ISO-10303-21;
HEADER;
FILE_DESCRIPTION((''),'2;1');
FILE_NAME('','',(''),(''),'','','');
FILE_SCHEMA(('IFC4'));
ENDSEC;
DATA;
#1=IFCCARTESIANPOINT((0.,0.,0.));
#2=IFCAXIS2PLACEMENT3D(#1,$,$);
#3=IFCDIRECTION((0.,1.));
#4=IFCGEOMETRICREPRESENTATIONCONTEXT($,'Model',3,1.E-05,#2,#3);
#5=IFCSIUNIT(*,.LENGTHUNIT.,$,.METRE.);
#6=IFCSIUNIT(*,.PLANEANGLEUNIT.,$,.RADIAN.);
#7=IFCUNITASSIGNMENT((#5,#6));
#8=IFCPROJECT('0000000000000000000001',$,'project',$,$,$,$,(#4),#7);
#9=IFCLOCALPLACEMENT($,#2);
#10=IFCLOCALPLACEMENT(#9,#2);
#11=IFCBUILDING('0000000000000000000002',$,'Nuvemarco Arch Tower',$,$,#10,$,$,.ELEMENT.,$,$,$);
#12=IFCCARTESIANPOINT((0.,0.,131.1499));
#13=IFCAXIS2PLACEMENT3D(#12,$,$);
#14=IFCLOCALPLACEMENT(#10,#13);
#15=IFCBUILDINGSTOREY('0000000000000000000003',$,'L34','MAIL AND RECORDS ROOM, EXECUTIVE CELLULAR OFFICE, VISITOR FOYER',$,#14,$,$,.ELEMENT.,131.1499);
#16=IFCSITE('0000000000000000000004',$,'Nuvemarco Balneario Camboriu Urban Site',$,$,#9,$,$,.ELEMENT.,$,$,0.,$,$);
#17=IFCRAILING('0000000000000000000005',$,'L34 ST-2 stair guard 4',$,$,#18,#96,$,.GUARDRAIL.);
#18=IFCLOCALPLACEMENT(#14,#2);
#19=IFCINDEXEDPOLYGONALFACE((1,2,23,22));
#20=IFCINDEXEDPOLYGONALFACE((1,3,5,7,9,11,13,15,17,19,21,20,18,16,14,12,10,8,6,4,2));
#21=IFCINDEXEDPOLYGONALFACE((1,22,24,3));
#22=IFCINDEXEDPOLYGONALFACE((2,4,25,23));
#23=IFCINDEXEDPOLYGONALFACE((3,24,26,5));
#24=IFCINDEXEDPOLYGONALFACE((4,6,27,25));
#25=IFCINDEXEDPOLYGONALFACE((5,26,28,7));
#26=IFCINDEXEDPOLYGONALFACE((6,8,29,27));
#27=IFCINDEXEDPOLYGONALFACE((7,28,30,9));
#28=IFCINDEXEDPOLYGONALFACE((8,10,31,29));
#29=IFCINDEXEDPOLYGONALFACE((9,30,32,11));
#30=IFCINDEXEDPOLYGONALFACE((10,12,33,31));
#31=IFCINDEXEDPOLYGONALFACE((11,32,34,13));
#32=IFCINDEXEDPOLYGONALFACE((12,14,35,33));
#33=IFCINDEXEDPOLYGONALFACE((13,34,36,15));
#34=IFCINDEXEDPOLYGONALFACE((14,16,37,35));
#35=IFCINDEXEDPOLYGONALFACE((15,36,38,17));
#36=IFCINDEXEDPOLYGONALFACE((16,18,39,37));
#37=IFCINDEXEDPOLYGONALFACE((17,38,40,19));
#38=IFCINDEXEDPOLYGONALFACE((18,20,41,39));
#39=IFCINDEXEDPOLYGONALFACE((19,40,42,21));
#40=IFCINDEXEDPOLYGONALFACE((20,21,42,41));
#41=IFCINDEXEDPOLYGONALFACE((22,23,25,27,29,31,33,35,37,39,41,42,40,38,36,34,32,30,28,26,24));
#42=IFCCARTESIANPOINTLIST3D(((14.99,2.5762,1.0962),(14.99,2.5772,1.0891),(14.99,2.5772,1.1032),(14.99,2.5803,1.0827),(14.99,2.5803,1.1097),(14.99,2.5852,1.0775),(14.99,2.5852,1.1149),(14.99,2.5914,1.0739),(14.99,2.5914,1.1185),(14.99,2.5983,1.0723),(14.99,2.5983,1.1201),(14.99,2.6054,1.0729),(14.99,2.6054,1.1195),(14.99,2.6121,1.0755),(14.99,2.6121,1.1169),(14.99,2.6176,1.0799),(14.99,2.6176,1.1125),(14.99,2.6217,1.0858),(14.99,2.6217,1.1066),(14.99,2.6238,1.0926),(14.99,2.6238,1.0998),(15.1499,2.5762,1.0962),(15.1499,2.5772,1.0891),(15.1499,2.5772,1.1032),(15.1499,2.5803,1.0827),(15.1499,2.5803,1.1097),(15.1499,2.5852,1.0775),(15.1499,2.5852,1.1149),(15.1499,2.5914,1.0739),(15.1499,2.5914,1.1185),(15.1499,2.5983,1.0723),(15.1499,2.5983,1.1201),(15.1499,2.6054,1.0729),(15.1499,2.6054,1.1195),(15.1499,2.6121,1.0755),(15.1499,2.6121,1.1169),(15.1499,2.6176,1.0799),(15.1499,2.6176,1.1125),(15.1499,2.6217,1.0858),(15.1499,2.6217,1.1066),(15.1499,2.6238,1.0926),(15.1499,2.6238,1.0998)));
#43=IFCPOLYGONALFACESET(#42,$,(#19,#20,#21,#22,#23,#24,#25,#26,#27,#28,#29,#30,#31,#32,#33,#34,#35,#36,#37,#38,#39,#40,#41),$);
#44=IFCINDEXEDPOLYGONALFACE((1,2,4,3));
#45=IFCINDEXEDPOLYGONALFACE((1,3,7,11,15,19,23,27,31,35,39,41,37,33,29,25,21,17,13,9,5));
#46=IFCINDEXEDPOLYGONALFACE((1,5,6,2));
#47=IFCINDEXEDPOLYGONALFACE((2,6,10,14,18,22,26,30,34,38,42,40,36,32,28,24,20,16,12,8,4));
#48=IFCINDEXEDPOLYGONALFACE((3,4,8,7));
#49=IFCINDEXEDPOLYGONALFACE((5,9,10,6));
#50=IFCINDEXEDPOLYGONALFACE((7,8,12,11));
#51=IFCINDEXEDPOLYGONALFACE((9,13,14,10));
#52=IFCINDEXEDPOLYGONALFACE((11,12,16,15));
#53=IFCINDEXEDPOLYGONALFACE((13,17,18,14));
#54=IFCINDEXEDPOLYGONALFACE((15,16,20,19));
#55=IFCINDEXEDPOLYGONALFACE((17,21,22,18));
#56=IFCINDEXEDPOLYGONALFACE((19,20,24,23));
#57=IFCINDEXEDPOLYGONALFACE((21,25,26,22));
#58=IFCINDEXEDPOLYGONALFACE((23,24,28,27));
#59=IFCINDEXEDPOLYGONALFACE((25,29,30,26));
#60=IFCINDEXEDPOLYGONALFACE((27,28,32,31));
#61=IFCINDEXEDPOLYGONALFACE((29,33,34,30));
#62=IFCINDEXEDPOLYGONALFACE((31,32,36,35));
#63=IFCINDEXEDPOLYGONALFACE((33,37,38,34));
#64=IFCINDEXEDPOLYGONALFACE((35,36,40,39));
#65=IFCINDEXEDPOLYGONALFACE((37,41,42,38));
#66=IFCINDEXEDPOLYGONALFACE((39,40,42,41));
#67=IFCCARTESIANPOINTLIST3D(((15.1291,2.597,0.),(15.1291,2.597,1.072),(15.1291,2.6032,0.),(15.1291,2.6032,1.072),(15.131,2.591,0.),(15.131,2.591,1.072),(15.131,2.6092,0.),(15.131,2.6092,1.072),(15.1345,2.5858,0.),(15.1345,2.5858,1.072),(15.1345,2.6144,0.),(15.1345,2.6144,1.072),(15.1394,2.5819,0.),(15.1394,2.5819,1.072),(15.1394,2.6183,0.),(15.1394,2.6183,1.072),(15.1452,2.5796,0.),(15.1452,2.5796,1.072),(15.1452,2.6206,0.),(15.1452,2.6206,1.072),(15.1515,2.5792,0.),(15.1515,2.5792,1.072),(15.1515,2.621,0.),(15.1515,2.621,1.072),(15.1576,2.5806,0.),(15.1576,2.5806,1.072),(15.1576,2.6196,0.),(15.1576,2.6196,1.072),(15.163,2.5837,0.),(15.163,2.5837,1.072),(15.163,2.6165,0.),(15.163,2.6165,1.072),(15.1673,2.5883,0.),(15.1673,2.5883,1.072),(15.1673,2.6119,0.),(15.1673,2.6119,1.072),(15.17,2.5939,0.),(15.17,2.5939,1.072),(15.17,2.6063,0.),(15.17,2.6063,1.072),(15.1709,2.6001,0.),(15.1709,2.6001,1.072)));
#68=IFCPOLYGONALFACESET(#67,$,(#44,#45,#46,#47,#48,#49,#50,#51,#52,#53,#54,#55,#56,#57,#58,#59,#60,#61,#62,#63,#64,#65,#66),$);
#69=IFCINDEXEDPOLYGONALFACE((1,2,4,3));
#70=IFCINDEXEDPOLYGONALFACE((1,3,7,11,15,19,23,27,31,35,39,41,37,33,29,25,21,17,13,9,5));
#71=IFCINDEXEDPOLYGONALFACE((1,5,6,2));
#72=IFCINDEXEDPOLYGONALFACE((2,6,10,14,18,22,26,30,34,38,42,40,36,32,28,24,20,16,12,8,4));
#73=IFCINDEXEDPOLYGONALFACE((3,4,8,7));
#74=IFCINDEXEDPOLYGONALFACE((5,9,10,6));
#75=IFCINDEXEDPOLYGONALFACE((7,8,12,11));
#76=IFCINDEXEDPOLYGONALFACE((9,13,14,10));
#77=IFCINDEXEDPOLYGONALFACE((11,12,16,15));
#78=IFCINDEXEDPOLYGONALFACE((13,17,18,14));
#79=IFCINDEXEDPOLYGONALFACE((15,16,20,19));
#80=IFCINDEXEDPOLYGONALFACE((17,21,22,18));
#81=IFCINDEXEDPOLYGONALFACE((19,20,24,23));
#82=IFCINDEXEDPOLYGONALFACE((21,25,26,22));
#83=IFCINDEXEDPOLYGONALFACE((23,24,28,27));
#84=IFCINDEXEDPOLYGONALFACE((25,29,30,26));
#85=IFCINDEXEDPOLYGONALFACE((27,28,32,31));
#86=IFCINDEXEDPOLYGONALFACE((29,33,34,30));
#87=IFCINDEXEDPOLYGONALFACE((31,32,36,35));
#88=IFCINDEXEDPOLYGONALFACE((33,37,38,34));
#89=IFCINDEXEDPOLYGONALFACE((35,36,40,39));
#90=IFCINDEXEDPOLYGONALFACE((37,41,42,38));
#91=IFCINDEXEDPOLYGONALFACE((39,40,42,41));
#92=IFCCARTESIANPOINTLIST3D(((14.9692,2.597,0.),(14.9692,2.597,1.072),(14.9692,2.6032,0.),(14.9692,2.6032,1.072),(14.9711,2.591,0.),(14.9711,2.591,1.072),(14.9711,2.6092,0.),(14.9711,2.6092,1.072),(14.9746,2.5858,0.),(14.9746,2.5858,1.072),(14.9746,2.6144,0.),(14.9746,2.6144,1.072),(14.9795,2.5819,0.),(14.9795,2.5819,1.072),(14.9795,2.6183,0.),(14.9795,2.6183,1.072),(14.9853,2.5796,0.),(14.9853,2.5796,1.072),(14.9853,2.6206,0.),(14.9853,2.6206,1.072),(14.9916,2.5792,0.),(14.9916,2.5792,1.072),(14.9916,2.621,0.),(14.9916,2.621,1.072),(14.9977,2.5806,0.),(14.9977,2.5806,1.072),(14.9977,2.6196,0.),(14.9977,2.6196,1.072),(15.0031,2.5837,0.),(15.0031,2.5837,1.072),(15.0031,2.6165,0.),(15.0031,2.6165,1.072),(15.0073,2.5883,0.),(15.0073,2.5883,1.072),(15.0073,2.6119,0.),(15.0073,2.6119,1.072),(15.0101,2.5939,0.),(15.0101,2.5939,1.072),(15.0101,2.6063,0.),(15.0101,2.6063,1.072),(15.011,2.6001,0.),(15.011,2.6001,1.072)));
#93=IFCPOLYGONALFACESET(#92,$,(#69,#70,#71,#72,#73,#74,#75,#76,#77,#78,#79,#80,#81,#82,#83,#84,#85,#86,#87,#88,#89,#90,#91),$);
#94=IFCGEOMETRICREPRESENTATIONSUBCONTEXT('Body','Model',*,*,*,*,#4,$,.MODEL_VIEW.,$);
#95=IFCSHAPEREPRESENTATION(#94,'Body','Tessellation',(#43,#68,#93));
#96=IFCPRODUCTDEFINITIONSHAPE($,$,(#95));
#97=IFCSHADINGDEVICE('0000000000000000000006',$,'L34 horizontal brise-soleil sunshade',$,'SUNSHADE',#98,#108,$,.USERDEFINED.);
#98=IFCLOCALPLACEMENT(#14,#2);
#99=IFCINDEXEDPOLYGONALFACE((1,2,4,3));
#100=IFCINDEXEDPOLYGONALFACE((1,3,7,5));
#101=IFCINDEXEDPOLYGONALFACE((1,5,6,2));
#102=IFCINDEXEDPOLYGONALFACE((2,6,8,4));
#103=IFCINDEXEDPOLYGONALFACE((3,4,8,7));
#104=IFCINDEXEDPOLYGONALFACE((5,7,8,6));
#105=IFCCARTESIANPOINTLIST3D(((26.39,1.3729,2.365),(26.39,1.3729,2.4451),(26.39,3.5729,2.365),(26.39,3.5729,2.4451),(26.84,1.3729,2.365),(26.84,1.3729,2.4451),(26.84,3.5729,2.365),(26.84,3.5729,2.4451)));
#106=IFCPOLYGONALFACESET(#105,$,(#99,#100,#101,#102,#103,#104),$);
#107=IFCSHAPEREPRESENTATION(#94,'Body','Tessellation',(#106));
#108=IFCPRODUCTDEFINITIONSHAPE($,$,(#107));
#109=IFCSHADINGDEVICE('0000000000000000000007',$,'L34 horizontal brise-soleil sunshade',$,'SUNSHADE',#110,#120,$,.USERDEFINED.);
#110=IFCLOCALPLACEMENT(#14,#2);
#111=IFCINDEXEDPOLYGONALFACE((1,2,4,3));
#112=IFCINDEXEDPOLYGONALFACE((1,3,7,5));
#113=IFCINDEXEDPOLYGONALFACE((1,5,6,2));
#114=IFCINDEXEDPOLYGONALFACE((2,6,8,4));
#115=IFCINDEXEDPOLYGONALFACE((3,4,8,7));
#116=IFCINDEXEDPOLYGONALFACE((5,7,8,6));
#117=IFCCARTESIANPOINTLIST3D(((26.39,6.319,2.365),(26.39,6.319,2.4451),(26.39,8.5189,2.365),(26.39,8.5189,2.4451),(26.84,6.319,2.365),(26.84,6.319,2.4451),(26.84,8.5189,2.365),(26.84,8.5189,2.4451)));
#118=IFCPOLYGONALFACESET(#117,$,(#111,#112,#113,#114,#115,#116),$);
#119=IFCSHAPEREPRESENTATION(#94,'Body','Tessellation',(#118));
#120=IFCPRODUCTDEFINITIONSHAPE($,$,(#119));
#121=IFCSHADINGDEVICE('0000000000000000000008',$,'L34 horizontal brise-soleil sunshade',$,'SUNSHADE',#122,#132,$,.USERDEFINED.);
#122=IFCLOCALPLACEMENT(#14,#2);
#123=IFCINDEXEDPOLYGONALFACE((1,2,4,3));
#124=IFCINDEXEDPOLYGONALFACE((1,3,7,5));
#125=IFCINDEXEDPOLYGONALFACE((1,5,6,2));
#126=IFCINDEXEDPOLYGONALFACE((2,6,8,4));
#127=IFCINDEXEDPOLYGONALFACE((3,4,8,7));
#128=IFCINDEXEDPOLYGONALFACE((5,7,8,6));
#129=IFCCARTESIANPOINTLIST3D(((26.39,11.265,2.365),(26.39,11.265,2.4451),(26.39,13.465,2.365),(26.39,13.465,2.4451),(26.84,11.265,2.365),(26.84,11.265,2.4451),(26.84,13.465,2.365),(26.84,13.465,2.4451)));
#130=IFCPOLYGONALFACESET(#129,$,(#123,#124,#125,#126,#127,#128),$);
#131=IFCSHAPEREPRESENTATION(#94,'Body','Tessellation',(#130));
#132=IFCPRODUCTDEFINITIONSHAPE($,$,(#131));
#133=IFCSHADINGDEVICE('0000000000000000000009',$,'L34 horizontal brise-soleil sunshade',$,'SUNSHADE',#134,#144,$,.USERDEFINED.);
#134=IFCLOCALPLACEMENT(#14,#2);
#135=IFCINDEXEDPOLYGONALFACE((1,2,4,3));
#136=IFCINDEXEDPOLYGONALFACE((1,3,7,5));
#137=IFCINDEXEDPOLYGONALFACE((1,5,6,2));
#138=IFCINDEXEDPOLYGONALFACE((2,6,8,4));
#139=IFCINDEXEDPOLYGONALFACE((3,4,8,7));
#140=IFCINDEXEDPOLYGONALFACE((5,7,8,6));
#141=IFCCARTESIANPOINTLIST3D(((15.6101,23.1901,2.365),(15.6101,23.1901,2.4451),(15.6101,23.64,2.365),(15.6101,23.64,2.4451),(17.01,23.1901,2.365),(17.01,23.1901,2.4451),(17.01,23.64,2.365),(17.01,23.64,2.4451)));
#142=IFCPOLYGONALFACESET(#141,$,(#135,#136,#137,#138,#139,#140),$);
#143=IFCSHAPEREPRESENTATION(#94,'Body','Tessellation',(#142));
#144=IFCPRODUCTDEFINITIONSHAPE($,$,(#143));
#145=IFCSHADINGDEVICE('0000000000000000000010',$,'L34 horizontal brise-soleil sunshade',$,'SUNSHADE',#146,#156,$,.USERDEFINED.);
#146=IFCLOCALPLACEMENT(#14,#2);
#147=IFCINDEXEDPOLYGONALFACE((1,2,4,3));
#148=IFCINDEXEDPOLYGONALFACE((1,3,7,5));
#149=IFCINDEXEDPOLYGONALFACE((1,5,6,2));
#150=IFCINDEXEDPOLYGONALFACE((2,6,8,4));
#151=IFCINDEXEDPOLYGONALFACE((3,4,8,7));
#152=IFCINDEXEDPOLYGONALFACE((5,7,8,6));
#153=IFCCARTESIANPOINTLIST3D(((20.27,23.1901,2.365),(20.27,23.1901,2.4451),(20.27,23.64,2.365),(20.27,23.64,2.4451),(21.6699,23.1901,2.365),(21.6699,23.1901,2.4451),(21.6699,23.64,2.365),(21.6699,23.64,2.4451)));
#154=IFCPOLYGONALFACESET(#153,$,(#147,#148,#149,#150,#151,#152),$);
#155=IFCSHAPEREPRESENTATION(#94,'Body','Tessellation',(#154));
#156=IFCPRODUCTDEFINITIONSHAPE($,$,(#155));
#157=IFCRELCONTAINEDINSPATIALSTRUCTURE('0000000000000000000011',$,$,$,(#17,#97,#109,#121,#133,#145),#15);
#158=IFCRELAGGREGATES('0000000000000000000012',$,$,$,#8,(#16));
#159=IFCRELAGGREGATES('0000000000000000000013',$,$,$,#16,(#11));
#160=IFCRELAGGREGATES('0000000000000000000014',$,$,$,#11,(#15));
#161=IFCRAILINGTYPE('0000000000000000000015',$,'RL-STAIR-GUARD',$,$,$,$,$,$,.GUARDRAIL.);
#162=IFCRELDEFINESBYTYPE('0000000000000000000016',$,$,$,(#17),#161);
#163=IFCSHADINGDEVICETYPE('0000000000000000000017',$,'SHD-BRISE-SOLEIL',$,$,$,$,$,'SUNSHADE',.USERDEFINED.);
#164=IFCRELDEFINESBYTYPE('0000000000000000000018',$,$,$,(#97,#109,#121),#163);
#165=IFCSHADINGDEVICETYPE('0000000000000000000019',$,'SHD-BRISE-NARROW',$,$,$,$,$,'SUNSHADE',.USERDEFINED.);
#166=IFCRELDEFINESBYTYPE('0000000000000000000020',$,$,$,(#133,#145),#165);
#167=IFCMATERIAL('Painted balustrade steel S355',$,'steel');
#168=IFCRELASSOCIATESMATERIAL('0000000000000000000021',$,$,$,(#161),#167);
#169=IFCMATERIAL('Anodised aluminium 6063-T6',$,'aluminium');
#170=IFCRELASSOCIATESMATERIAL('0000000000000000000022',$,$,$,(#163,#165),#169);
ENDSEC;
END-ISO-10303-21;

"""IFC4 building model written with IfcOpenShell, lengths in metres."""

from ifc_helpers import new_model, si_unit, direction, frame, origin, origin_2d, place, context, subcontext, project, spatial, rectangle, circle, extrude, source, transform, mapped, material, type_object, type_shapes, element, save


model = new_model("IFC4")

# Units and contexts
model_context = context("Model", 3, precision=1e-05, world=origin(), true_north=direction((0.0, 1.0)))
body_context = subcontext(model_context, "Body", "Model", "MODEL_VIEW")
ifc_project = project(units=[si_unit("LENGTHUNIT", "METRE"), si_unit("PLANEANGLEUNIT", "RADIAN")], contexts=[model_context])

# Site, building, storey
site_placement = place(None, origin())
site = spatial("IfcSite", under=ifc_project, at=site_placement, Name="Nuvemarco Balneario Camboriu Urban Site", CompositionType="ELEMENT", RefElevation=0.0)
building_placement = place(site_placement, origin())
building = spatial("IfcBuilding", under=site, at=building_placement, Name="Nuvemarco Arch Tower", CompositionType="ELEMENT")
storey_placement = place(building_placement, frame((0.0, 0.0, 131.1499)))
storey = spatial("IfcBuildingStorey", under=building, at=storey_placement, Name="L34", Description="MAIL AND RECORDS ROOM, EXECUTIVE CELLULAR OFFICE, VISITOR FOYER", CompositionType="ELEMENT", Elevation=131.1499)

# Railing
ifc_material_1 = material(Name="Painted balustrade steel S355", Category="steel")
railing_type_1 = type_object("IfcRailingType", Name="RL-STAIR-GUARD", PredefinedType="GUARDRAIL", material=ifc_material_1)
railing_1_placement = place(storey_placement, frame((15.1499, 2.6001, 0.0)))
element("IfcRailing", 1, at=railing_1_placement, inside=storey, type_object=railing_type_1, Name="L34 ST-2 stair guard 4", PredefinedType="GUARDRAIL", context=body_context, shape_type="SweptSolid", body=[
    extrude(circle(Radius=0.0239, at=origin_2d()), frame((0.0, 0.0, 1.0962), z_axis=(-1.0, 0.0, 0.0), x_axis=(0.0, -1.0, 0.0)), (0.0, 0.0, 1.0), 0.1599),
    extrude(circle(Radius=0.021, at=origin_2d()), origin(), (0.0, 0.0, 1.0), 1.072),
    extrude(circle(Radius=0.021, at=origin_2d()), frame((-0.1599, 0.0, 0.0)), (0.0, 0.0, 1.0), 1.072),
])

# Shading devices
ifc_material_2 = material(Name="Anodised aluminium 6063-T6", Category="aluminium")
shading_device_type_1 = type_object("IfcShadingDeviceType", Name="SHD-BRISE-SOLEIL", ElementType="SUNSHADE", PredefinedType="USERDEFINED", material=ifc_material_2)
shared_shape_1 = source(origin(), body_context, "Body", "SweptSolid", [
    extrude(rectangle(XDim=2.2, YDim=0.45, at=origin_2d()), origin(), (0.0, 0.0, 1.0), 0.0801),
])
type_shapes(shading_device_type_1, [shared_shape_1])
for number, where, z_axis, x_axis, name in (
    (2, (26.615, 2.4729, 2.365), (0.0, 0.0, 1.0), (0.0, 1.0, 0.0), "L34 horizontal brise-soleil sunshade"),
    (3, (26.615, 7.4189, 2.365), (0.0, 0.0, 1.0), (0.0, 1.0, 0.0), "L34 horizontal brise-soleil sunshade"),
    (4, (26.615, 12.365, 2.365), (0.0, 0.0, 1.0), (0.0, 1.0, 0.0), "L34 horizontal brise-soleil sunshade"),
):
    element("IfcShadingDevice", number, at=place(storey_placement, frame(where, z_axis=z_axis, x_axis=x_axis)), inside=storey, type_object=shading_device_type_1, Name=name, ObjectType="SUNSHADE", PredefinedType="USERDEFINED", context=body_context, shape_type="MappedRepresentation", body=[
        mapped(shared_shape_1, transform((0.0, 0.0, 0.0), scale=1.0)),
    ])
shading_device_type_2 = type_object("IfcShadingDeviceType", Name="SHD-BRISE-NARROW", ElementType="SUNSHADE", PredefinedType="USERDEFINED", material=ifc_material_2)
shared_shape_2 = source(origin(), body_context, "Body", "SweptSolid", [
    extrude(rectangle(XDim=1.3999, YDim=0.45, at=origin_2d()), origin(), (0.0, 0.0, 1.0), 0.0801),
])
type_shapes(shading_device_type_2, [shared_shape_2])
for number, where, z_axis, x_axis, name in (
    (5, (16.3101, 23.415, 2.365), (0.0, 0.0, 1.0), (1.0, 0.0, 0.0), "L34 horizontal brise-soleil sunshade"),
    (6, (20.97, 23.415, 2.365), (0.0, 0.0, 1.0), (1.0, 0.0, 0.0), "L34 horizontal brise-soleil sunshade"),
):
    element("IfcShadingDevice", number, at=place(storey_placement, frame(where, z_axis=z_axis, x_axis=x_axis)), inside=storey, type_object=shading_device_type_2, Name=name, ObjectType="SUNSHADE", PredefinedType="USERDEFINED", context=body_context, shape_type="MappedRepresentation", body=[
        mapped(shared_shape_2, transform((0.0, 0.0, 0.0), scale=1.0)),
    ])

save(model, "model.ifc")
